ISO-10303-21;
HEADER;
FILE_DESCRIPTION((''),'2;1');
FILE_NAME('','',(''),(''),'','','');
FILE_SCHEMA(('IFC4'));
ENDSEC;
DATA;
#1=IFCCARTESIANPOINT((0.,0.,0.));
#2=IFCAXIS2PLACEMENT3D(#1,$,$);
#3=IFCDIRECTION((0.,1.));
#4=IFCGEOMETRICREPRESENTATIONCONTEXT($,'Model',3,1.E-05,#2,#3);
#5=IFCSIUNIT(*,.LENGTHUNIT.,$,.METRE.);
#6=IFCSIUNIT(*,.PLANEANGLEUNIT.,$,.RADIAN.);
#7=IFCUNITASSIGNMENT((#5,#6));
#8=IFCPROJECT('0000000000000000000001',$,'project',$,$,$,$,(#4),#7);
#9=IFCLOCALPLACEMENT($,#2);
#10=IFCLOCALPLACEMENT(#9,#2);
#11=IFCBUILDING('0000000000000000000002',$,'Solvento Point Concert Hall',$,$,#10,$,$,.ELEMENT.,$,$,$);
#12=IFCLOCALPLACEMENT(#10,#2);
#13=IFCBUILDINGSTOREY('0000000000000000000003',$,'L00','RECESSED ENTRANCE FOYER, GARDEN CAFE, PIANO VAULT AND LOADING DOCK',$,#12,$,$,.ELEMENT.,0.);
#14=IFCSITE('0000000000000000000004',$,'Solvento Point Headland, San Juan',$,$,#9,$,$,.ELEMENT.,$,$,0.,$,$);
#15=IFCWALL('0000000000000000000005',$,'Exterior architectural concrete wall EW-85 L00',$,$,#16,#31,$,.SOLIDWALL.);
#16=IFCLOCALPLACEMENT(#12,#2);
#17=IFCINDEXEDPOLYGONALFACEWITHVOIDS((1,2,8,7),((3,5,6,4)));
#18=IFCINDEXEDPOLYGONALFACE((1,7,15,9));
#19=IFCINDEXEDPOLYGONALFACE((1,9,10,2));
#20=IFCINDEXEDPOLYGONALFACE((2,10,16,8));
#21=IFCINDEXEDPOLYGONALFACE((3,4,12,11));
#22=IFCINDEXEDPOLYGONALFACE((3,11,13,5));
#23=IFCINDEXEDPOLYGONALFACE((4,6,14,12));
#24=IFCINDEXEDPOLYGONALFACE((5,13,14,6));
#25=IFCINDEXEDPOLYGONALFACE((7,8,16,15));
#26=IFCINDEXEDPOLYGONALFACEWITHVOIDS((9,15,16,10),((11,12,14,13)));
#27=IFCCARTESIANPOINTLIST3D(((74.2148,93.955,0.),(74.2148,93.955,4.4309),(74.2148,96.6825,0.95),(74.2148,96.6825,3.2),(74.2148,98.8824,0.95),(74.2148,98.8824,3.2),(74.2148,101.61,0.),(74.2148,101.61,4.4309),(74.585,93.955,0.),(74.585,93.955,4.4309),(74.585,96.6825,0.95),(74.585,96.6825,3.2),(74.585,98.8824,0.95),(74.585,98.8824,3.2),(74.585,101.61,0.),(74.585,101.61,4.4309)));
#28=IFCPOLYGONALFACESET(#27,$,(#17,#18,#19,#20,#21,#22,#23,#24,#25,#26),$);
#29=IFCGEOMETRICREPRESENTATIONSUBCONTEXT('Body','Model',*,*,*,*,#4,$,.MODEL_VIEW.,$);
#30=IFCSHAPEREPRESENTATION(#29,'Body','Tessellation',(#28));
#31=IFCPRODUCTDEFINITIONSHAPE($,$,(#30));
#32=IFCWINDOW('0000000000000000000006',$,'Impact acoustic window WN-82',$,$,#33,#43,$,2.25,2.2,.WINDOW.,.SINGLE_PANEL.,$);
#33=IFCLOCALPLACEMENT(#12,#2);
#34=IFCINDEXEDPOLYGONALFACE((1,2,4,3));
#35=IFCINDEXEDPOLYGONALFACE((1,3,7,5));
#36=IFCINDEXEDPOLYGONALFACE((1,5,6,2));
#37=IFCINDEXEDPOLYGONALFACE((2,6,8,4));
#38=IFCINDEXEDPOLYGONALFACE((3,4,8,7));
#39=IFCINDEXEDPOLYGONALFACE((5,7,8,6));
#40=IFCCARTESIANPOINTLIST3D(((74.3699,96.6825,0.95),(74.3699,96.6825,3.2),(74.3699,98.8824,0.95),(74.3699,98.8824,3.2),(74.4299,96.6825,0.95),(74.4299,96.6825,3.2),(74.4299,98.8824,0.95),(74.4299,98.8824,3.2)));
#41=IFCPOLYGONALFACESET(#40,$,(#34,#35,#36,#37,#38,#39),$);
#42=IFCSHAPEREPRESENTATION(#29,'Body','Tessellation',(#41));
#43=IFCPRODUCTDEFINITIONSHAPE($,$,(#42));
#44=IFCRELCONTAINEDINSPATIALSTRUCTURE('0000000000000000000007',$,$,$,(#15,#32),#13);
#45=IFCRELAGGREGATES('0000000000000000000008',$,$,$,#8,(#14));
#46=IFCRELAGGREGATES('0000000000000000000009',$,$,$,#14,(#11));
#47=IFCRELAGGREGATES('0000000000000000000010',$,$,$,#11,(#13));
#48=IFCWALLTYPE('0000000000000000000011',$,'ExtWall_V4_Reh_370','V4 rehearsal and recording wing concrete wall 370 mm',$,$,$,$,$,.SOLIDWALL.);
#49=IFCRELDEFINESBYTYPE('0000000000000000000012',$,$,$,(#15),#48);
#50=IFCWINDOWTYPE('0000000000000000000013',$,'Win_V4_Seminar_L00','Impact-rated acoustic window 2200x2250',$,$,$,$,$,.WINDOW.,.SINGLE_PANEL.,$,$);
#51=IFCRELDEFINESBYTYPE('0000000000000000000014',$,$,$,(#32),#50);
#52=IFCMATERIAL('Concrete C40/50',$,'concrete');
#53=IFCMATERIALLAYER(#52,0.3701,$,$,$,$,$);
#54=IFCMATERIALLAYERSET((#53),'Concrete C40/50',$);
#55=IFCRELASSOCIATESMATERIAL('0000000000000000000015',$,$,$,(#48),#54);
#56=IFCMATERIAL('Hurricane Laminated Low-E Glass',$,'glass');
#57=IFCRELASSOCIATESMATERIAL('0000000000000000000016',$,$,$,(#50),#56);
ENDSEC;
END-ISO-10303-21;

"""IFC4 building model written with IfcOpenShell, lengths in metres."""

from ifc_helpers import new_model, si_unit, direction, frame, frame_2d, origin, place, context, subcontext, project, spatial, rectangle, extrude, material, layer, layer_set, type_object, element, fill, save


model = new_model("IFC4")

# Units and contexts
model_context = context("Model", 3, precision=1e-05, world=origin(), true_north=direction((0.0, 1.0)))
body_context = subcontext(model_context, "Body", "Model", "MODEL_VIEW")
ifc_project = project(units=[si_unit("LENGTHUNIT", "METRE"), si_unit("PLANEANGLEUNIT", "RADIAN")], contexts=[model_context])

# Site, building, storey
site_placement = place(None, origin())
site = spatial("IfcSite", under=ifc_project, at=site_placement, Name="Solvento Point Headland, San Juan", CompositionType="ELEMENT", RefElevation=0.0)
building_placement = place(site_placement, origin())
building = spatial("IfcBuilding", under=site, at=building_placement, Name="Solvento Point Concert Hall", CompositionType="ELEMENT")
storey_placement = place(building_placement, origin())
storey = spatial("IfcBuildingStorey", under=building, at=storey_placement, Name="L00", Description="RECESSED ENTRANCE FOYER, GARDEN CAFE, PIANO VAULT AND LOADING DOCK", CompositionType="ELEMENT", Elevation=0.0)

# Wall, opening, window
ifc_material_1 = material(Name="Concrete C40/50", Category="concrete")
ifc_layer_1 = layer(ifc_material_1, 0.3701)
ifc_layer_set_1 = layer_set([ifc_layer_1], Name="Concrete C40/50")
wall_type_1 = type_object("IfcWallType", Name="ExtWall_V4_Reh_370", Description="V4 rehearsal and recording wing concrete wall 370 mm", PredefinedType="SOLIDWALL", material=ifc_layer_set_1)
wall_1_placement = place(storey_placement, frame((74.3999, 101.6101, 0.0), z_axis=(0.0, 0.0, 1.0), x_axis=(0.0, -1.0, 0.0)))
wall_1 = element("IfcWall", 1, at=wall_1_placement, inside=storey, type_object=wall_type_1, Name="Exterior architectural concrete wall EW-85 L00", PredefinedType="SOLIDWALL", context=body_context, shape_type="SweptSolid", body=[
    extrude(rectangle(XDim=7.655, YDim=0.3701, at=frame_2d((3.8276, 0.0))), origin(), (0.0, 0.0, 1.0), 4.4309),
])
opening_1_placement = place(wall_1_placement, frame((2.7275, 0.0, 0.95)))
opening_1 = element("IfcOpeningElement", 2, at=opening_1_placement, cuts=wall_1, PredefinedType="OPENING", context=body_context, shape_type="SweptSolid", body=[
    extrude(rectangle(XDim=2.2, YDim=2.25, at=frame_2d((1.1001, 1.125))), frame((0.0, 0.1951, 0.0), z_axis=(0.0, -1.0, 0.0), x_axis=(1.0, 0.0, 0.0)), (0.0, 0.0, 1.0), 0.3901),
])
ifc_material_2 = material(Name="Hurricane Laminated Low-E Glass", Category="glass")
window_type_1 = type_object("IfcWindowType", Name="Win_V4_Seminar_L00", Description="Impact-rated acoustic window 2200x2250", PartitioningType="SINGLE_PANEL", PredefinedType="WINDOW", material=ifc_material_2)
window_1_placement = place(opening_1_placement, origin())
window_1 = element("IfcWindow", 3, at=window_1_placement, inside=storey, type_object=window_type_1, Name="Impact acoustic window WN-82", OverallHeight=2.25, OverallWidth=2.2, PartitioningType="SINGLE_PANEL", PredefinedType="WINDOW", context=body_context, shape_type="SweptSolid", body=[
    extrude(rectangle(XDim=2.2, YDim=2.25, at=frame_2d((1.1001, 1.125))), frame((0.0, 0.03, 0.0), z_axis=(0.0, -1.0, 0.0), x_axis=(1.0, 0.0, 0.0)), (0.0, 0.0, 1.0), 0.0601),
])
fill(opening_1, window_1)

save(model, "model.ifc")
